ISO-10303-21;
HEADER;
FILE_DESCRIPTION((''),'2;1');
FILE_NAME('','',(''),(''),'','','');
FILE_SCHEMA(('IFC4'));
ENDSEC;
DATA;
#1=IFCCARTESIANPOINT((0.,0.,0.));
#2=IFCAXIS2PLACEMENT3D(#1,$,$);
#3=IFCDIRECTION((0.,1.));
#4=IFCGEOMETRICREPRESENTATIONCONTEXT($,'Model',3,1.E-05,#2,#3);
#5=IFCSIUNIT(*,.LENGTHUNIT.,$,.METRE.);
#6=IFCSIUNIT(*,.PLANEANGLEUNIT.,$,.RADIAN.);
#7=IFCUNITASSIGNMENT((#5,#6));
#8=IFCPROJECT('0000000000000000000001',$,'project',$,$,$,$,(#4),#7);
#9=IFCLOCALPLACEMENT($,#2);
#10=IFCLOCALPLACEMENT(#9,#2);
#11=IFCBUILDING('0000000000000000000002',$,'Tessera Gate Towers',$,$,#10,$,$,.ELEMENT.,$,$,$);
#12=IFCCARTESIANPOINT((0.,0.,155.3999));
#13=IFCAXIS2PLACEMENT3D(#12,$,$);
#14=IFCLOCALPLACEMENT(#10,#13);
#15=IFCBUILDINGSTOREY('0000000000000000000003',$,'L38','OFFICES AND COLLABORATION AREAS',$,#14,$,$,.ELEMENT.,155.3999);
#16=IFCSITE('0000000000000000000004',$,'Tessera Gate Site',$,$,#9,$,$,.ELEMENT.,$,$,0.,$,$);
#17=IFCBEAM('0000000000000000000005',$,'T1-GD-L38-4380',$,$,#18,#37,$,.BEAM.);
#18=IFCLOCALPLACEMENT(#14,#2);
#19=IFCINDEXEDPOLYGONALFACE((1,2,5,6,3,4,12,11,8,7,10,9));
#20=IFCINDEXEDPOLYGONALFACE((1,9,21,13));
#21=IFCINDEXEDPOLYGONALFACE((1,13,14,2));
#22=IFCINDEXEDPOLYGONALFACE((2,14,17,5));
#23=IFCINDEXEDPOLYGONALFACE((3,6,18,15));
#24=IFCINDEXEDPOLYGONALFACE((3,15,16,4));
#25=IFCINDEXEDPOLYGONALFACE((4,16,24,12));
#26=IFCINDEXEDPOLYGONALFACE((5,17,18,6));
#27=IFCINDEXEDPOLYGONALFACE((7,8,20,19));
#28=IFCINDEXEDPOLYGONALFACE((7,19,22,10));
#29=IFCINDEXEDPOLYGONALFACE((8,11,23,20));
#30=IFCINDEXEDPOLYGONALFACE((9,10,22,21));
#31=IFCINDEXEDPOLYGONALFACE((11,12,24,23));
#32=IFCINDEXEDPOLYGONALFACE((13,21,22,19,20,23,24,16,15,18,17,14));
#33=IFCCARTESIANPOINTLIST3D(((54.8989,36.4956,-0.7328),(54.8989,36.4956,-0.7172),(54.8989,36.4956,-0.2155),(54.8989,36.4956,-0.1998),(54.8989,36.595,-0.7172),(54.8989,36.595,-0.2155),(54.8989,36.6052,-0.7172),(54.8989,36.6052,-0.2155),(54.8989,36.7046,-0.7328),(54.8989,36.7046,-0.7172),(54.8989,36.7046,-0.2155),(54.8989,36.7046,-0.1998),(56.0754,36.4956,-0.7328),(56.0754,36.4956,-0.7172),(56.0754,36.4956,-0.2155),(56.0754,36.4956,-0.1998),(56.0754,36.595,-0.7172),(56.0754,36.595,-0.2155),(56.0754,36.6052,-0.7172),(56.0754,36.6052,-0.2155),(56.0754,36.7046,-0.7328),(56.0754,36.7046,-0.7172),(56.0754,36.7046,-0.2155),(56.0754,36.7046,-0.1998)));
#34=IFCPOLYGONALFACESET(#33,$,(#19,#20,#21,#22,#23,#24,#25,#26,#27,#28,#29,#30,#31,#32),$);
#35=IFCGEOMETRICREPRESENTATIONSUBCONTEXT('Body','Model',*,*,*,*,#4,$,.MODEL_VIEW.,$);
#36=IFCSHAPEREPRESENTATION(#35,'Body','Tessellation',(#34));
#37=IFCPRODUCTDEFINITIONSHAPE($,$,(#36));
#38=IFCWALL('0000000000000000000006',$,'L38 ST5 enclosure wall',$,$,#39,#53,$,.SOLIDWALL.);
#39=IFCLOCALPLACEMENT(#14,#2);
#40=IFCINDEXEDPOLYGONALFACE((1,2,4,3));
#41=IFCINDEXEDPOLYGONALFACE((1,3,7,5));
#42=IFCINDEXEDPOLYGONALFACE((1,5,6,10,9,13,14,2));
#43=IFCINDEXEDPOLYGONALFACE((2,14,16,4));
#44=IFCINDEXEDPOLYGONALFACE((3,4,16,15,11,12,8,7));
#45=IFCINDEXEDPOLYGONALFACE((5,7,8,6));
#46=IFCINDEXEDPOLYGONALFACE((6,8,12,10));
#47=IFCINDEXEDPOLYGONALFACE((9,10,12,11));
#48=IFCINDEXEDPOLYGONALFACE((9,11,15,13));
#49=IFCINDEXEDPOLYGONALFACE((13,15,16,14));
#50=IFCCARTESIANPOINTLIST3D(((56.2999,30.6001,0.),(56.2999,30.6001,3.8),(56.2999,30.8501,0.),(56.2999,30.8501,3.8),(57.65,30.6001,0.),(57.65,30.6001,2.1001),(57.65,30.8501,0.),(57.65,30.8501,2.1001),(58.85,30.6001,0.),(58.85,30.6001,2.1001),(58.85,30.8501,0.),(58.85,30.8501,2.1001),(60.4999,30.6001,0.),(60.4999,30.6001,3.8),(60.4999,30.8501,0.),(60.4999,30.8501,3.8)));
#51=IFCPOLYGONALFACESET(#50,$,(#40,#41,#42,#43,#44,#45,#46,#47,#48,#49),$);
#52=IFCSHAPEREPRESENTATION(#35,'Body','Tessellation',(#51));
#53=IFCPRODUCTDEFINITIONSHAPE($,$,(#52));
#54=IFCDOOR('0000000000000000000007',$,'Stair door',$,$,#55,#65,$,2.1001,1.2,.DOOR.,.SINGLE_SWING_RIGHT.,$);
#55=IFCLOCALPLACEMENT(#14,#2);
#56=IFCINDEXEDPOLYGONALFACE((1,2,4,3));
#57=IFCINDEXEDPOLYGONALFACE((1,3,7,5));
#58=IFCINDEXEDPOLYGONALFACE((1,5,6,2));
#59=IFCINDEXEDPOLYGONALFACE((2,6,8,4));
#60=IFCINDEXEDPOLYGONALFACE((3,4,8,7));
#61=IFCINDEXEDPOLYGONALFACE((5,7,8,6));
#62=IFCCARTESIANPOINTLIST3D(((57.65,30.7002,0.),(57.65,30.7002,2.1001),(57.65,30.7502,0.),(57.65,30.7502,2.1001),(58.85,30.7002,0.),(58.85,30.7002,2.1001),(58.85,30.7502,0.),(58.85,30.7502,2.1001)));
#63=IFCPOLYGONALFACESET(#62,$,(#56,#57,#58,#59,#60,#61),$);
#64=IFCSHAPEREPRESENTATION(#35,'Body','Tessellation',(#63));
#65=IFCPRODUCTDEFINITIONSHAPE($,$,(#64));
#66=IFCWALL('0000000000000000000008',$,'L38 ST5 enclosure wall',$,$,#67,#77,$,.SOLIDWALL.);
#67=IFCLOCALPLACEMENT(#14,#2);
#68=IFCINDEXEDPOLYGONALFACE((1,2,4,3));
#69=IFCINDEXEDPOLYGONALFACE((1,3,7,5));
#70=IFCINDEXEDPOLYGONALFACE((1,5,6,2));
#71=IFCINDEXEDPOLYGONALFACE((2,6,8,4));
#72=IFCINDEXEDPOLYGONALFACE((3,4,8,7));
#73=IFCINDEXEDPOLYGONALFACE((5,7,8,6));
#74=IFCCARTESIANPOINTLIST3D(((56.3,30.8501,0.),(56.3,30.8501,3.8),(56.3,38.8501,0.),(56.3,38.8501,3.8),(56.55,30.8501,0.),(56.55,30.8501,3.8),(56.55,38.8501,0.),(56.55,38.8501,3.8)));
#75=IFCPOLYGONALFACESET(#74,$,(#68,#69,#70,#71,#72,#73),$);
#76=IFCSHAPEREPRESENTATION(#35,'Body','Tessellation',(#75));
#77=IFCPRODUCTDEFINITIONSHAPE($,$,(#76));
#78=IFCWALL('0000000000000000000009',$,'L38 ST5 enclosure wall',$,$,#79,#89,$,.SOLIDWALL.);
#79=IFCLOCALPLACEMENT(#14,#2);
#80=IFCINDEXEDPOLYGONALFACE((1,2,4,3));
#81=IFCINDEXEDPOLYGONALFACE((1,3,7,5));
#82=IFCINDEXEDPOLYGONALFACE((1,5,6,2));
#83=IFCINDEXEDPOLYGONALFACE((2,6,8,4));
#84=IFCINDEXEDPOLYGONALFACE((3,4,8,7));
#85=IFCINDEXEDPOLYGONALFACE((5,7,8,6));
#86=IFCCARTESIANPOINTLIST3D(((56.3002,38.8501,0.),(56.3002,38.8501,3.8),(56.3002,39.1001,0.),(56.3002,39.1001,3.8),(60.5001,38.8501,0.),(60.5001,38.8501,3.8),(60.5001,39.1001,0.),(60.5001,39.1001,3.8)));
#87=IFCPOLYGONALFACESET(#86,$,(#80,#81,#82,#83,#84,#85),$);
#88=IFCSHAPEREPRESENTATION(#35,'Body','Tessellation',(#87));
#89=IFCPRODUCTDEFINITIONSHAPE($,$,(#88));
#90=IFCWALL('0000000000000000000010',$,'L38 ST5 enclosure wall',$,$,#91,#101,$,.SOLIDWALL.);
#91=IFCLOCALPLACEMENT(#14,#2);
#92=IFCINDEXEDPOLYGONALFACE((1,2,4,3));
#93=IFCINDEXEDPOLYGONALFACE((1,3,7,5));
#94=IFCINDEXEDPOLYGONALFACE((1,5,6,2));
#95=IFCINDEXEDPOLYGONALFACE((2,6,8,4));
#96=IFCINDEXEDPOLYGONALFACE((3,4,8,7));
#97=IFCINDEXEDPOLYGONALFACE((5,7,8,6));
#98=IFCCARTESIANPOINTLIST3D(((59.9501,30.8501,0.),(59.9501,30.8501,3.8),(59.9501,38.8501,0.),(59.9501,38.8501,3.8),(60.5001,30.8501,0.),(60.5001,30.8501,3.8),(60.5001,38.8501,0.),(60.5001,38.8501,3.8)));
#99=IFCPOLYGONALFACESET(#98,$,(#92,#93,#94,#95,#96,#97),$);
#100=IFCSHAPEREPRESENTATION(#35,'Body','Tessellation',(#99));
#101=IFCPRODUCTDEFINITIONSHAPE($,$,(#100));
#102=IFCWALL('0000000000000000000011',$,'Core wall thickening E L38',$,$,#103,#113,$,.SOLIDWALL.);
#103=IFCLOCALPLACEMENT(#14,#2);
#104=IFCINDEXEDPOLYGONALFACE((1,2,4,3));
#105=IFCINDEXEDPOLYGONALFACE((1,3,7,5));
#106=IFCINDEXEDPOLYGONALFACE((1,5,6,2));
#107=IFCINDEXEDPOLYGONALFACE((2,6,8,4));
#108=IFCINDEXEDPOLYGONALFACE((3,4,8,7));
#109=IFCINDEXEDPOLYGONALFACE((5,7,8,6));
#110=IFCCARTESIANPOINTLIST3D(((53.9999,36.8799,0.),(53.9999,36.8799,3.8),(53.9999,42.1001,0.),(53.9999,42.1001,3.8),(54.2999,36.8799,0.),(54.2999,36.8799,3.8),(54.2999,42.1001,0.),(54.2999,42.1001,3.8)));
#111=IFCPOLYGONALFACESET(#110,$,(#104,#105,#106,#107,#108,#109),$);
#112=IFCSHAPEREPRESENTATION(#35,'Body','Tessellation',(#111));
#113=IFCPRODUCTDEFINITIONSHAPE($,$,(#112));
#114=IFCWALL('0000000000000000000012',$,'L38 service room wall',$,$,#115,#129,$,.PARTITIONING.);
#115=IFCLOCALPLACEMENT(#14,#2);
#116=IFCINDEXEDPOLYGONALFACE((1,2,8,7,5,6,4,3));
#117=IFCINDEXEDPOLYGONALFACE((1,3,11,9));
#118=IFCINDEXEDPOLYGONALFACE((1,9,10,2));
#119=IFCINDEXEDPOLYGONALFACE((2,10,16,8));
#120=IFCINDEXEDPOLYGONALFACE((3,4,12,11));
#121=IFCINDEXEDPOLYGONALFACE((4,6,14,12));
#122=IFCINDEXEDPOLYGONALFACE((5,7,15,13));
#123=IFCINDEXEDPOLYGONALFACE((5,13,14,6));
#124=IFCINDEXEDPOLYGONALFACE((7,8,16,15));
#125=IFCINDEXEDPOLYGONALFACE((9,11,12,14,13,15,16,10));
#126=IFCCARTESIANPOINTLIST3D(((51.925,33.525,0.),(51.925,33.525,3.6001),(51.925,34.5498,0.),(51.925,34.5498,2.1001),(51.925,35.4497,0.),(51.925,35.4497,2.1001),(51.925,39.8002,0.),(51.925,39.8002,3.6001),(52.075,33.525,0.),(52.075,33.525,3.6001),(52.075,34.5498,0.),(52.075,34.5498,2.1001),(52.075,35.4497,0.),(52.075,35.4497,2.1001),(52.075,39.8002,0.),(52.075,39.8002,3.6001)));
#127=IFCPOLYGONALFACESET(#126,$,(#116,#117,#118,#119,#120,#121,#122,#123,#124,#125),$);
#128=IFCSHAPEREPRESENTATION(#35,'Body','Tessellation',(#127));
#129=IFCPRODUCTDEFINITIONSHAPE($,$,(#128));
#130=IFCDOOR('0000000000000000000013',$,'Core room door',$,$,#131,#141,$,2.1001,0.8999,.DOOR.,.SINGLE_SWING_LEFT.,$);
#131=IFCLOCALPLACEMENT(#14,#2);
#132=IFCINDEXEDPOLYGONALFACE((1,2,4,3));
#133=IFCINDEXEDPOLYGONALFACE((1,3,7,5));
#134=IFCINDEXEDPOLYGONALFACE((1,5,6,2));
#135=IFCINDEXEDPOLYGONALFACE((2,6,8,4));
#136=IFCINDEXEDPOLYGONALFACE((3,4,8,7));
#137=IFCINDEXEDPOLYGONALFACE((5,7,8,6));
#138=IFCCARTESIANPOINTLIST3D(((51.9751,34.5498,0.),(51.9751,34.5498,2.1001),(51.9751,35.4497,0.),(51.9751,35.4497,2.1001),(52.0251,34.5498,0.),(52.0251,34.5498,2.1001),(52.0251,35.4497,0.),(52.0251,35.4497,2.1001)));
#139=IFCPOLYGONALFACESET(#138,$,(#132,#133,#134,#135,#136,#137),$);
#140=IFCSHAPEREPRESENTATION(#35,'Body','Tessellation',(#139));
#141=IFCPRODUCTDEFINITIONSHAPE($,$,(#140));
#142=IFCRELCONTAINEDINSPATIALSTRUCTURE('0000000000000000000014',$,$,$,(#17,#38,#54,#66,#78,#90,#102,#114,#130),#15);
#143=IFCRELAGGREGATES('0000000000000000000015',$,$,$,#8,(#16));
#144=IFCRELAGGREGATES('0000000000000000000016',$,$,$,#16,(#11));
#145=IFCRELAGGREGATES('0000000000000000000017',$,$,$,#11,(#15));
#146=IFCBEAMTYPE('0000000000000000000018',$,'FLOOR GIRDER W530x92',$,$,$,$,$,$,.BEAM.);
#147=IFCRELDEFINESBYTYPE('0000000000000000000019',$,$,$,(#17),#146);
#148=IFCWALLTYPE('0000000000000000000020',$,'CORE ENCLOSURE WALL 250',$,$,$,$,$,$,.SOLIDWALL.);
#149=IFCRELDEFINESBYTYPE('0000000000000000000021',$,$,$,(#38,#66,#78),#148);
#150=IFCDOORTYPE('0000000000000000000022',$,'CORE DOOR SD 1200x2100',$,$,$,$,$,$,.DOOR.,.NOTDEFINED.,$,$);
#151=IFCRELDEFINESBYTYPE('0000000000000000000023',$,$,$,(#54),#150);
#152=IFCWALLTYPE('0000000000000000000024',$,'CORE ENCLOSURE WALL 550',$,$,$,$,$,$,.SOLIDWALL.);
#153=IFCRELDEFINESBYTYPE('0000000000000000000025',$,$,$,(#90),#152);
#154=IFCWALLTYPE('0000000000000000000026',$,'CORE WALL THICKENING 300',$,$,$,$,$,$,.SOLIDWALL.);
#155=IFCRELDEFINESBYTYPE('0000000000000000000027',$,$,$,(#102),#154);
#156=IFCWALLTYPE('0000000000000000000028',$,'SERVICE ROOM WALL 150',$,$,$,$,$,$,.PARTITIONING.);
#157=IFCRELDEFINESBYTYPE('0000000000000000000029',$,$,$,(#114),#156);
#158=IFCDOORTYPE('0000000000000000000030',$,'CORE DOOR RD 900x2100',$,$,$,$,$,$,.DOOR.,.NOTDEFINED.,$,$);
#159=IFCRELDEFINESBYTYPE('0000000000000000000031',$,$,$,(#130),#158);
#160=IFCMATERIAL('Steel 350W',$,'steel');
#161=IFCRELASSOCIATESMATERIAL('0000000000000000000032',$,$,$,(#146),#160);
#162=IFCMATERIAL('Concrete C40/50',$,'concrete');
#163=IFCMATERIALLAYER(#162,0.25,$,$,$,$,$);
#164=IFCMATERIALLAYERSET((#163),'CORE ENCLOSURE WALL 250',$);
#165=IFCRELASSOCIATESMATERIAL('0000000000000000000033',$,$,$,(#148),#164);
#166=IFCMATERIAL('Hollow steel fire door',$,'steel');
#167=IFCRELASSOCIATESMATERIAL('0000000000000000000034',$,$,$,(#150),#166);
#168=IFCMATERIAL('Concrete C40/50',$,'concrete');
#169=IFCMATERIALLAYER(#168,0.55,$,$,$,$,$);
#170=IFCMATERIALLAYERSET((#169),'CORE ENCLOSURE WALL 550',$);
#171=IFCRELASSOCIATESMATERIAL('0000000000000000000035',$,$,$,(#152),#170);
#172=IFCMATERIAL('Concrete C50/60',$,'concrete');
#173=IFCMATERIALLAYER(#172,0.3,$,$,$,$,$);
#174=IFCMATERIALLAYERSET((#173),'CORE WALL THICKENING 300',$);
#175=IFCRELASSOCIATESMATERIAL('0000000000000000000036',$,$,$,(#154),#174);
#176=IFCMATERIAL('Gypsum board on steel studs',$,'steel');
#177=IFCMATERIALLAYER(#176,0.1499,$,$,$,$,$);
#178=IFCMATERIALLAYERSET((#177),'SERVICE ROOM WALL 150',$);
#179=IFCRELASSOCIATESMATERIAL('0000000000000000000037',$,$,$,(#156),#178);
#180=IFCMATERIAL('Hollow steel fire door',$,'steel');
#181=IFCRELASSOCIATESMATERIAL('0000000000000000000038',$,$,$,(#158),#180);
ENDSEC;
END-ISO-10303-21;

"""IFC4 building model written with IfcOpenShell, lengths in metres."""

from ifc_helpers import new_model, si_unit, direction, frame, frame_2d, origin, origin_2d, place, context, subcontext, project, spatial, rectangle, i_section, extrude, source, transform, mapped, material, layer, layer_set, material_profile, profile_set, type_object, element, fill, save


model = new_model("IFC4")

# Units and contexts
model_context = context("Model", 3, precision=1e-05, world=origin(), true_north=direction((0.0, 1.0)))
body_context = subcontext(model_context, "Body", "Model", "MODEL_VIEW")
ifc_project = project(units=[si_unit("LENGTHUNIT", "METRE"), si_unit("PLANEANGLEUNIT", "RADIAN")], contexts=[model_context])

# Site, building, storey
site_placement = place(None, origin())
site = spatial("IfcSite", under=ifc_project, at=site_placement, Name="Tessera Gate Site", CompositionType="ELEMENT", RefElevation=0.0)
building_placement = place(site_placement, origin())
building = spatial("IfcBuilding", under=site, at=building_placement, Name="Tessera Gate Towers", CompositionType="ELEMENT")
storey_placement = place(building_placement, frame((0.0, 0.0, 155.3999)))
storey = spatial("IfcBuildingStorey", under=building, at=storey_placement, Name="L38", Description="OFFICES AND COLLABORATION AREAS", CompositionType="ELEMENT", Elevation=155.3999)

# Beam
ifc_material_1 = material(Name="Steel 350W", Category="steel")
ifc_material_profile = material_profile(ifc_material_1, i_section(OverallWidth=0.209, OverallDepth=0.533, WebThickness=0.0103, FlangeThickness=0.0156, at=origin_2d()), Name="W530x92")
ifc_profile_set = profile_set([ifc_material_profile], Name="Steel 350W")
beam_type = type_object("IfcBeamType", Name="FLOOR GIRDER W530x92", PredefinedType="BEAM", material=ifc_profile_set)
beam_placement = place(storey_placement, frame((54.8989, 36.6001, -0.4663), z_axis=(1.0, 0.0, 0.0), x_axis=(0.0, 1.0, 0.0)))
element("IfcBeam", 1, at=beam_placement, inside=storey, type_object=beam_type, Name="T1-GD-L38-4380", PredefinedType="BEAM", context=body_context, shape_type="SweptSolid", body=[
    extrude(i_section(OverallWidth=0.209, OverallDepth=0.533, WebThickness=0.0103, FlangeThickness=0.0156, at=origin_2d()), origin(), (0.0, 0.0, 1.0), 1.1765),
])

# Wall, opening, door
ifc_material_2 = material(Name="Concrete C40/50", Category="concrete")
ifc_layer_1 = layer(ifc_material_2, 0.25)
ifc_layer_set_1 = layer_set([ifc_layer_1], Name="CORE ENCLOSURE WALL 250")
wall_type_1 = type_object("IfcWallType", Name="CORE ENCLOSURE WALL 250", PredefinedType="SOLIDWALL", material=ifc_layer_set_1)
wall_1_placement = place(storey_placement, frame((60.5, 30.7251, 0.0), z_axis=(0.0, 0.0, 1.0), x_axis=(-1.0, 0.0, 0.0)))
wall_1 = element("IfcWall", 2, at=wall_1_placement, inside=storey, type_object=wall_type_1, Name="L38 ST5 enclosure wall", PredefinedType="SOLIDWALL", context=body_context, shape_type="SweptSolid", body=[
    extrude(rectangle(XDim=4.2, YDim=0.25, at=frame_2d((2.1001, 0.0))), origin(), (0.0, 0.0, 1.0), 3.8),
])
shared_shape_1 = source(origin(), body_context, "Body", "SweptSolid", [
    extrude(rectangle(XDim=1.2, YDim=2.1001, at=frame_2d((0.6001, 1.05))), frame((0.0, 0.135, 0.0), z_axis=(0.0, -1.0, 0.0), x_axis=(1.0, 0.0, 0.0)), (0.0, 0.0, 1.0), 0.27),
])
opening_1_placement = place(wall_1_placement, frame((1.6499, 0.0, 0.0)))
opening_1 = element("IfcOpeningElement", 3, at=opening_1_placement, cuts=wall_1, PredefinedType="OPENING", context=body_context, shape_type="MappedRepresentation", body=[
    mapped(shared_shape_1, transform((0.0, 0.0, 0.0), scale=1.0)),
])
ifc_material_3 = material(Name="Hollow steel fire door", Category="steel")
door_type_1 = type_object("IfcDoorType", Name="CORE DOOR SD 1200x2100", OperationType="NOTDEFINED", PredefinedType="DOOR", material=ifc_material_3)
shared_shape_2 = source(origin(), body_context, "Body", "SweptSolid", [
    extrude(rectangle(XDim=1.2, YDim=2.1001, at=frame_2d((0.6001, 1.05))), frame((0.0, 0.0249, 0.0), z_axis=(0.0, -1.0, 0.0), x_axis=(1.0, 0.0, 0.0)), (0.0, 0.0, 1.0), 0.05),
])
door_1_placement = place(opening_1_placement, origin())
door_1 = element("IfcDoor", 4, at=door_1_placement, inside=storey, type_object=door_type_1, Name="Stair door", OperationType="SINGLE_SWING_RIGHT", OverallHeight=2.1001, OverallWidth=1.2, PredefinedType="DOOR", context=body_context, shape_type="MappedRepresentation", body=[
    mapped(shared_shape_2, transform((0.0, 0.0, 0.0), scale=1.0)),
])
fill(opening_1, door_1)

# Walls
wall_2_placement = place(storey_placement, frame((56.425, 30.8501, 0.0), z_axis=(0.0, 0.0, 1.0), x_axis=(0.0, 1.0, 0.0)))
element("IfcWall", 5, at=wall_2_placement, inside=storey, type_object=wall_type_1, Name="L38 ST5 enclosure wall", PredefinedType="SOLIDWALL", context=body_context, shape_type="SweptSolid", body=[
    extrude(rectangle(XDim=8.0, YDim=0.25, at=frame_2d((4.0, 0.0))), origin(), (0.0, 0.0, 1.0), 3.8),
])
wall_3_placement = place(storey_placement, frame((56.3, 38.9751, 0.0), z_axis=(0.0, 0.0, 1.0), x_axis=(1.0, 0.0, 0.0)))
element("IfcWall", 6, at=wall_3_placement, inside=storey, type_object=wall_type_1, Name="L38 ST5 enclosure wall", PredefinedType="SOLIDWALL", context=body_context, shape_type="SweptSolid", body=[
    extrude(rectangle(XDim=4.2, YDim=0.25, at=frame_2d((2.1001, 0.0))), origin(), (0.0, 0.0, 1.0), 3.8),
])
ifc_material_4 = material(Name="Concrete C40/50", Category="concrete")
ifc_layer_2 = layer(ifc_material_4, 0.55)
ifc_layer_set_2 = layer_set([ifc_layer_2], Name="CORE ENCLOSURE WALL 550")
wall_type_2 = type_object("IfcWallType", Name="CORE ENCLOSURE WALL 550", PredefinedType="SOLIDWALL", material=ifc_layer_set_2)
wall_4_placement = place(storey_placement, frame((60.2251, 38.8501, 0.0), z_axis=(0.0, 0.0, 1.0), x_axis=(0.0, -1.0, 0.0)))
element("IfcWall", 7, at=wall_4_placement, inside=storey, type_object=wall_type_2, Name="L38 ST5 enclosure wall", PredefinedType="SOLIDWALL", context=body_context, shape_type="SweptSolid", body=[
    extrude(rectangle(XDim=8.0, YDim=0.55, at=frame_2d((4.0, 0.0))), origin(), (0.0, 0.0, 1.0), 3.8),
])
ifc_material_5 = material(Name="Concrete C50/60", Category="concrete")
ifc_layer_3 = layer(ifc_material_5, 0.3)
ifc_layer_set_3 = layer_set([ifc_layer_3], Name="CORE WALL THICKENING 300")
wall_type_3 = type_object("IfcWallType", Name="CORE WALL THICKENING 300", PredefinedType="SOLIDWALL", material=ifc_layer_set_3)
wall_5_placement = place(storey_placement, frame((54.1499, 36.8799, 0.0), z_axis=(0.0, 0.0, 1.0), x_axis=(0.0, 1.0, 0.0)))
element("IfcWall", 8, at=wall_5_placement, inside=storey, type_object=wall_type_3, Name="Core wall thickening E L38", PredefinedType="SOLIDWALL", context=body_context, shape_type="SweptSolid", body=[
    extrude(rectangle(XDim=5.2202, YDim=0.3, at=frame_2d((2.6101, 0.0))), origin(), (0.0, 0.0, 1.0), 3.8),
])

# Wall, opening, door
ifc_material_6 = material(Name="Gypsum board on steel studs", Category="steel")
ifc_layer_4 = layer(ifc_material_6, 0.1499)
ifc_layer_set_4 = layer_set([ifc_layer_4], Name="SERVICE ROOM WALL 150")
wall_type_4 = type_object("IfcWallType", Name="SERVICE ROOM WALL 150", PredefinedType="PARTITIONING", material=ifc_layer_set_4)
wall_6_placement = place(storey_placement, frame((52.0, 33.5249, 0.0), z_axis=(0.0, 0.0, 1.0), x_axis=(0.0, 1.0, 0.0)))
wall_6 = element("IfcWall", 9, at=wall_6_placement, inside=storey, type_object=wall_type_4, Name="L38 service room wall", PredefinedType="PARTITIONING", context=body_context, shape_type="SweptSolid", body=[
    extrude(rectangle(XDim=6.2751, YDim=0.1499, at=frame_2d((3.1377, 0.0))), origin(), (0.0, 0.0, 1.0), 3.6001),
])
shared_shape_3 = source(origin(), body_context, "Body", "SweptSolid", [
    extrude(rectangle(XDim=0.8999, YDim=2.1001, at=frame_2d((0.45, 1.05))), frame((0.0, 0.085, 0.0), z_axis=(0.0, -1.0, 0.0), x_axis=(1.0, 0.0, 0.0)), (0.0, 0.0, 1.0), 0.1699),
])
opening_2_placement = place(wall_6_placement, frame((1.0249, 0.0, 0.0)))
opening_2 = element("IfcOpeningElement", 10, at=opening_2_placement, cuts=wall_6, PredefinedType="OPENING", context=body_context, shape_type="MappedRepresentation", body=[
    mapped(shared_shape_3, transform((0.0, 0.0, 0.0), scale=1.0)),
])
ifc_material_7 = material(Name="Hollow steel fire door", Category="steel")
door_type_2 = type_object("IfcDoorType", Name="CORE DOOR RD 900x2100", OperationType="NOTDEFINED", PredefinedType="DOOR", material=ifc_material_7)
shared_shape_4 = source(origin(), body_context, "Body", "SweptSolid", [
    extrude(rectangle(XDim=0.8999, YDim=2.1001, at=frame_2d((0.45, 1.05))), frame((0.0, 0.0249, 0.0), z_axis=(0.0, -1.0, 0.0), x_axis=(1.0, 0.0, 0.0)), (0.0, 0.0, 1.0), 0.05),
])
door_2_placement = place(opening_2_placement, origin())
door_2 = element("IfcDoor", 11, at=door_2_placement, inside=storey, type_object=door_type_2, Name="Core room door", OperationType="SINGLE_SWING_LEFT", OverallHeight=2.1001, OverallWidth=0.8999, PredefinedType="DOOR", context=body_context, shape_type="MappedRepresentation", body=[
    mapped(shared_shape_4, transform((0.0, 0.0, 0.0), scale=1.0)),
])
fill(opening_2, door_2)

save(model, "model.ifc")
